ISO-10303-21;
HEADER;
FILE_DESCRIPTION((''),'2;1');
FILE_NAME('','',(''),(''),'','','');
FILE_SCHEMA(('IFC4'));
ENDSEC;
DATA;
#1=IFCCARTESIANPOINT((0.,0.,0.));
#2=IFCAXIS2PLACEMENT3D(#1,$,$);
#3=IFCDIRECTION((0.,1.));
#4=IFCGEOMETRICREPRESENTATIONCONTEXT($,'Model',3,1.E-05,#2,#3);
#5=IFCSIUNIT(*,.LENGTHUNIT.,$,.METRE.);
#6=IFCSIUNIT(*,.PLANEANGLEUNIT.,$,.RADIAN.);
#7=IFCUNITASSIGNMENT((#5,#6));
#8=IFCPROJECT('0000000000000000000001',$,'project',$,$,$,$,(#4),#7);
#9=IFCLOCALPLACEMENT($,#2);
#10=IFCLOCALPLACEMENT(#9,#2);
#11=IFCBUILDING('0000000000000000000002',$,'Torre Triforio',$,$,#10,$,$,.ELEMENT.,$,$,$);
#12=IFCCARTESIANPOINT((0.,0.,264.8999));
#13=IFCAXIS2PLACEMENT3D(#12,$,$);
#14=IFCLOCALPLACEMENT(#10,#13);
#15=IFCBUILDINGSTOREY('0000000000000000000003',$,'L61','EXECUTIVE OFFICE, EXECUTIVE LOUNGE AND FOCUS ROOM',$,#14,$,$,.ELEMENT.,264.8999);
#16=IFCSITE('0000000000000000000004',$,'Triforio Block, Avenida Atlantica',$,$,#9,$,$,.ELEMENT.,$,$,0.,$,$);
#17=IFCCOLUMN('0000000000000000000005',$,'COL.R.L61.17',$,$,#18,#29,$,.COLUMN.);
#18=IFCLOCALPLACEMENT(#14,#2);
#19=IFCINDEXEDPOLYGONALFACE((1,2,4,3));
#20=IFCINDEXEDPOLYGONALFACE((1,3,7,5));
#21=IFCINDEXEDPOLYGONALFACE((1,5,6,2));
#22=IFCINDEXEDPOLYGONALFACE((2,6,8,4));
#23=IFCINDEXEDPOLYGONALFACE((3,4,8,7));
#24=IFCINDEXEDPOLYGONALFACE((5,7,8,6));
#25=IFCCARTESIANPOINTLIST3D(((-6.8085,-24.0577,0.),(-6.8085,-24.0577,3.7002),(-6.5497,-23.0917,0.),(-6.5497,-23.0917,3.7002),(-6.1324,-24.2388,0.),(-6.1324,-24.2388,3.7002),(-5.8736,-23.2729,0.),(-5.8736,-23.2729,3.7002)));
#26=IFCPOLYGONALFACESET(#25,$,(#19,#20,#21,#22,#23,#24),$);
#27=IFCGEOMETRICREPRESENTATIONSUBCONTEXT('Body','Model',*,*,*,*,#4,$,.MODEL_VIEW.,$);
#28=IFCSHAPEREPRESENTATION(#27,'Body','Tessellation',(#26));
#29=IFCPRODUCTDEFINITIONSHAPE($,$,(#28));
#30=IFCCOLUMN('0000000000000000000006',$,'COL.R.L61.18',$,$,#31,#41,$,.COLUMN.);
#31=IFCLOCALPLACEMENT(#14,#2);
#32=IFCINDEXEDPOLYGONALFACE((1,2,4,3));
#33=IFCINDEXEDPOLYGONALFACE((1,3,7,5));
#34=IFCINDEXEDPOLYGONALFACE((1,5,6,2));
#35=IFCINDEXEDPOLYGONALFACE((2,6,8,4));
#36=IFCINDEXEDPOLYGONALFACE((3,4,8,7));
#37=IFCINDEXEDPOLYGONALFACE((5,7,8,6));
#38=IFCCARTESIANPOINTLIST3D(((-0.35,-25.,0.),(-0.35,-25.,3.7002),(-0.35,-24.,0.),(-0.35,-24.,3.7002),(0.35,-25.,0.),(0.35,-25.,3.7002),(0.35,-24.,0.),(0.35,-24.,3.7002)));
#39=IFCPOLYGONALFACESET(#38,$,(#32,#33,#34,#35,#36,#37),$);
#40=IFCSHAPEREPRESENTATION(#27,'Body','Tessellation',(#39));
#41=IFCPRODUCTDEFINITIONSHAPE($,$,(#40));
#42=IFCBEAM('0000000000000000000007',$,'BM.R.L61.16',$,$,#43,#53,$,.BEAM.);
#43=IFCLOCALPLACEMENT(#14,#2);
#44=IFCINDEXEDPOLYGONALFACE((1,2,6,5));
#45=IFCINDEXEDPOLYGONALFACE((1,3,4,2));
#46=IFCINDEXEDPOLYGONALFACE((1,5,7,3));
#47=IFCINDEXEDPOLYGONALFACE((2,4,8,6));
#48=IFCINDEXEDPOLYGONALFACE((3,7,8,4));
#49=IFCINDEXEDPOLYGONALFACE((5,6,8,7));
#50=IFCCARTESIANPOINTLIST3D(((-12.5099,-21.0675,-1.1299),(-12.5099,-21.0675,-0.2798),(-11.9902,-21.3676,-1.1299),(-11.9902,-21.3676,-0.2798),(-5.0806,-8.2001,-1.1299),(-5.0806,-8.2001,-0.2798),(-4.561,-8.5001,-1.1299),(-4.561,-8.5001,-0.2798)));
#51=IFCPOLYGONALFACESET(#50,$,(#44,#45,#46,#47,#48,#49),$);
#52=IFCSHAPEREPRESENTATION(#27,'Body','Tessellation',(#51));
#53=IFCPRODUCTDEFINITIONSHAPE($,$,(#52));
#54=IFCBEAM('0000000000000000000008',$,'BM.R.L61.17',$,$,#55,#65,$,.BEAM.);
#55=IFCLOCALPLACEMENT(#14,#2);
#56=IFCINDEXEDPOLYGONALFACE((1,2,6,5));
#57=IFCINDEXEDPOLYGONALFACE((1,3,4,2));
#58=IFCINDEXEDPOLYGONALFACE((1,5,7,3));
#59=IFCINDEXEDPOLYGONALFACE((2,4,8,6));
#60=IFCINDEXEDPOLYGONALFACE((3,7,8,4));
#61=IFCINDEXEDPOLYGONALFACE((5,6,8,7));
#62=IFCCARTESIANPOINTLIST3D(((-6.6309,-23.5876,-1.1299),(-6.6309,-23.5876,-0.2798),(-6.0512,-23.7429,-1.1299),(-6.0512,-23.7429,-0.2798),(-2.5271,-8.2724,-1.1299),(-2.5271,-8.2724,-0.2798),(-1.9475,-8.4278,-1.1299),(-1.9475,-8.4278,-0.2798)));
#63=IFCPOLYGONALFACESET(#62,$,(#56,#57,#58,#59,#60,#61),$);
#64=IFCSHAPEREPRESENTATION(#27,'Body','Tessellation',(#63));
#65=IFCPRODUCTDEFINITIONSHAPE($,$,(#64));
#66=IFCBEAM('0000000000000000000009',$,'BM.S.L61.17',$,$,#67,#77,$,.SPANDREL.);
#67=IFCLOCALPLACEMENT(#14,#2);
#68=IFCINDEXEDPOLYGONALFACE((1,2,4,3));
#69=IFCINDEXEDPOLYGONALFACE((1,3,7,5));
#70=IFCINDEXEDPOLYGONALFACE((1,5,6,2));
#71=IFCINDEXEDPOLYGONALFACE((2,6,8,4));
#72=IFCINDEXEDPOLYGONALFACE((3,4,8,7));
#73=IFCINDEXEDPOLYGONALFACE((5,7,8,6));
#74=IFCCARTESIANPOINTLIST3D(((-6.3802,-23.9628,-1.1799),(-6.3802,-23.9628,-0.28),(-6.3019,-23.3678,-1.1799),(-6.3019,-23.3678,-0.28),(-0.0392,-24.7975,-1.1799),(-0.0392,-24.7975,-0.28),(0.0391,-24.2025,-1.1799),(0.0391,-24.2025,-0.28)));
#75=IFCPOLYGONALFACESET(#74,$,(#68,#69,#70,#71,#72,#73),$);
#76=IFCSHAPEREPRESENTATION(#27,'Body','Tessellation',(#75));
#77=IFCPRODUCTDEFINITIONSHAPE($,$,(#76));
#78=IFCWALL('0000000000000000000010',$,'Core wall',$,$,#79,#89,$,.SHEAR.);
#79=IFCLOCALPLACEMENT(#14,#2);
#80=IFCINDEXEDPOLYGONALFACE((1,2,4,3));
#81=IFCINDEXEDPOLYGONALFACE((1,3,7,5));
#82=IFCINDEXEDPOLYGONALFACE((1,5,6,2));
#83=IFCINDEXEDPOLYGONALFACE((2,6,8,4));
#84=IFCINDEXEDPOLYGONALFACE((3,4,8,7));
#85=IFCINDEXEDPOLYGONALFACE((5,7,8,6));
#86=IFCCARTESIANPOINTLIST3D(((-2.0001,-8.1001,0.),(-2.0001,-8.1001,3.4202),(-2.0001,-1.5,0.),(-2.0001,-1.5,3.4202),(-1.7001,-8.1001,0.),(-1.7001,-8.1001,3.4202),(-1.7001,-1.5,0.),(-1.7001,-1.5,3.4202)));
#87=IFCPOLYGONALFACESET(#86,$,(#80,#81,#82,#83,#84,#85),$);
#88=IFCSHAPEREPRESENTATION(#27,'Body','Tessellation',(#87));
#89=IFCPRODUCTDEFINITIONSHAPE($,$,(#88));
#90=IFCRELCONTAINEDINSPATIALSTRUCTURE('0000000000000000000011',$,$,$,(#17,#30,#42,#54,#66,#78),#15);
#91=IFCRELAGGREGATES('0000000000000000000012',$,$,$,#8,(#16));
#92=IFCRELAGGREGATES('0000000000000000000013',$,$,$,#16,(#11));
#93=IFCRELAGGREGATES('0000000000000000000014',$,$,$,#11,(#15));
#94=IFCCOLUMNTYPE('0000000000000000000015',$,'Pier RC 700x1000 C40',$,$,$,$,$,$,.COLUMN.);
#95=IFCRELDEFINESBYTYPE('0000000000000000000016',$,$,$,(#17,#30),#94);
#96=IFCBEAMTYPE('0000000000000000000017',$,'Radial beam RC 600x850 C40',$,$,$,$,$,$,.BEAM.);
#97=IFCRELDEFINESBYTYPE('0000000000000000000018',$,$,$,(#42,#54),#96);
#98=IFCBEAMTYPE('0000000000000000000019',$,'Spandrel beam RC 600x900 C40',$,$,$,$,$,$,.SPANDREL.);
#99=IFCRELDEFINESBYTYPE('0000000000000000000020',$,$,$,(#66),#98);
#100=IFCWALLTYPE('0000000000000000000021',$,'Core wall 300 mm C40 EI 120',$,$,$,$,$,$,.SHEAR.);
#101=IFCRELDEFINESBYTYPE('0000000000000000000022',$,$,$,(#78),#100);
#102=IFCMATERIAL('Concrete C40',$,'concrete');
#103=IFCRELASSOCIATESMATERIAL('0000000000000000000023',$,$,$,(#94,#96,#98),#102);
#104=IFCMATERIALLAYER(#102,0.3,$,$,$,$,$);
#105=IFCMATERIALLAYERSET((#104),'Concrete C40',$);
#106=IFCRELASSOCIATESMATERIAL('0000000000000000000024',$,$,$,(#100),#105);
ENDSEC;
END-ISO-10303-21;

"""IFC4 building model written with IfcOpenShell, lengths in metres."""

from ifc_helpers import new_model, si_unit, direction, frame, frame_2d, origin, origin_2d, place, context, subcontext, project, spatial, rectangle, extrude, material, layer, layer_set, material_profile, profile_set, type_object, element, save


model = new_model("IFC4")

# Units and contexts
model_context = context("Model", 3, precision=1e-05, world=origin(), true_north=direction((0.0, 1.0)))
body_context = subcontext(model_context, "Body", "Model", "MODEL_VIEW")
ifc_project = project(units=[si_unit("LENGTHUNIT", "METRE"), si_unit("PLANEANGLEUNIT", "RADIAN")], contexts=[model_context])

# Site, building, storey
site_placement = place(None, origin())
site = spatial("IfcSite", under=ifc_project, at=site_placement, Name="Triforio Block, Avenida Atlantica", CompositionType="ELEMENT", RefElevation=0.0)
building_placement = place(site_placement, origin())
building = spatial("IfcBuilding", under=site, at=building_placement, Name="Torre Triforio", CompositionType="ELEMENT")
storey_placement = place(building_placement, frame((0.0, 0.0, 264.8999)))
storey = spatial("IfcBuildingStorey", under=building, at=storey_placement, Name="L61", Description="EXECUTIVE OFFICE, EXECUTIVE LOUNGE AND FOCUS ROOM", CompositionType="ELEMENT", Elevation=264.8999)

# Columns
ifc_material_1 = material(Name="Concrete C40", Category="concrete")
ifc_material_profile_1 = material_profile(ifc_material_1, rectangle(XDim=0.7, YDim=1.0, at=origin_2d()), Name="RC 700x1000")
ifc_profile_set_1 = profile_set([ifc_material_profile_1], Name="Concrete C40")
column_type = type_object("IfcColumnType", Name="Pier RC 700x1000 C40", PredefinedType="COLUMN", material=ifc_profile_set_1)
for number, where, z_axis, x_axis, name in (
    (1, (-6.3411, -23.6653, 0.0), (0.0, 0.0, 1.0), (0.965926, -0.258819, 0.0), "COL.R.L61.17"),
    (2, (0.0, -24.5, 0.0), (0.0, 0.0, 1.0), (1.0, 0.0, 0.0), "COL.R.L61.18"),
):
    element("IfcColumn", number, at=place(storey_placement, frame(where, z_axis=z_axis, x_axis=x_axis)), inside=storey, type_object=column_type, Name=name, PredefinedType="COLUMN", context=body_context, shape_type="SweptSolid", body=[
        extrude(rectangle(XDim=0.7, YDim=1.0, at=origin_2d()), origin(), (0.0, 0.0, 1.0), 3.7002),
    ])

# Beams
ifc_material_profile_2 = material_profile(ifc_material_1, rectangle(XDim=0.6001, YDim=0.8501, at=origin_2d()), Name="RC 600x850")
ifc_profile_set_2 = profile_set([ifc_material_profile_2], Name="Concrete C40")
beam_type_1 = type_object("IfcBeamType", Name="Radial beam RC 600x850 C40", PredefinedType="BEAM", material=ifc_profile_set_2)
beam_1_placement = place(storey_placement, frame((-4.8208, -8.3501, -0.7048), z_axis=(-0.500009, -0.86602, 0.0), x_axis=(0.86602, -0.500009, 0.0)))
element("IfcBeam", 3, at=beam_1_placement, inside=storey, type_object=beam_type_1, Name="BM.R.L61.16", PredefinedType="BEAM", context=body_context, shape_type="SweptSolid", body=[
    extrude(rectangle(XDim=0.6001, YDim=0.8501, at=origin_2d()), origin(), (0.0, 0.0, 1.0), 14.8582),
])
beam_2_placement = place(storey_placement, frame((-2.2373, -8.3501, -0.7048), z_axis=(-0.258823, -0.965925, 0.0), x_axis=(0.965925, -0.258823, 0.0)))
element("IfcBeam", 4, at=beam_2_placement, inside=storey, type_object=beam_type_1, Name="BM.R.L61.17", PredefinedType="BEAM", context=body_context, shape_type="SweptSolid", body=[
    extrude(rectangle(XDim=0.6001, YDim=0.8501, at=origin_2d()), origin(), (0.0, 0.0, 1.0), 15.8555),
])
ifc_material_profile_3 = material_profile(ifc_material_1, rectangle(XDim=0.6001, YDim=0.8999, at=origin_2d()), Name="RC 600x900")
ifc_profile_set_3 = profile_set([ifc_material_profile_3], Name="Concrete C40")
beam_type_2 = type_object("IfcBeamType", Name="Spandrel beam RC 600x900 C40", PredefinedType="SPANDREL", material=ifc_profile_set_3)
beam_3_placement = place(storey_placement, frame((-6.3411, -23.6653, -0.73), z_axis=(0.991447, -0.130511, 0.0), x_axis=(0.130511, 0.991447, 0.0)))
element("IfcBeam", 5, at=beam_3_placement, inside=storey, type_object=beam_type_2, Name="BM.S.L61.17", PredefinedType="SPANDREL", context=body_context, shape_type="SweptSolid", body=[
    extrude(rectangle(XDim=0.6001, YDim=0.8999, at=origin_2d()), origin(), (0.0, 0.0, 1.0), 6.3958),
])

# Wall
ifc_layer_1 = layer(ifc_material_1, 0.3)
ifc_layer_set_1 = layer_set([ifc_layer_1], Name="Concrete C40")
wall_type_1 = type_object("IfcWallType", Name="Core wall 300 mm C40 EI 120", PredefinedType="SHEAR", material=ifc_layer_set_1)
wall_1_placement = place(storey_placement, frame((-1.8501, -8.1001, 0.0), z_axis=(0.0, 0.0, 1.0), x_axis=(0.0, 1.0, 0.0)))
element("IfcWall", 6, at=wall_1_placement, inside=storey, type_object=wall_type_1, Name="Core wall", PredefinedType="SHEAR", context=body_context, shape_type="SweptSolid", body=[
    extrude(rectangle(XDim=6.6001, YDim=0.3, at=frame_2d((3.3, 0.0))), origin(), (0.0, 0.0, 1.0), 3.4202),
])

save(model, "model.ifc")
